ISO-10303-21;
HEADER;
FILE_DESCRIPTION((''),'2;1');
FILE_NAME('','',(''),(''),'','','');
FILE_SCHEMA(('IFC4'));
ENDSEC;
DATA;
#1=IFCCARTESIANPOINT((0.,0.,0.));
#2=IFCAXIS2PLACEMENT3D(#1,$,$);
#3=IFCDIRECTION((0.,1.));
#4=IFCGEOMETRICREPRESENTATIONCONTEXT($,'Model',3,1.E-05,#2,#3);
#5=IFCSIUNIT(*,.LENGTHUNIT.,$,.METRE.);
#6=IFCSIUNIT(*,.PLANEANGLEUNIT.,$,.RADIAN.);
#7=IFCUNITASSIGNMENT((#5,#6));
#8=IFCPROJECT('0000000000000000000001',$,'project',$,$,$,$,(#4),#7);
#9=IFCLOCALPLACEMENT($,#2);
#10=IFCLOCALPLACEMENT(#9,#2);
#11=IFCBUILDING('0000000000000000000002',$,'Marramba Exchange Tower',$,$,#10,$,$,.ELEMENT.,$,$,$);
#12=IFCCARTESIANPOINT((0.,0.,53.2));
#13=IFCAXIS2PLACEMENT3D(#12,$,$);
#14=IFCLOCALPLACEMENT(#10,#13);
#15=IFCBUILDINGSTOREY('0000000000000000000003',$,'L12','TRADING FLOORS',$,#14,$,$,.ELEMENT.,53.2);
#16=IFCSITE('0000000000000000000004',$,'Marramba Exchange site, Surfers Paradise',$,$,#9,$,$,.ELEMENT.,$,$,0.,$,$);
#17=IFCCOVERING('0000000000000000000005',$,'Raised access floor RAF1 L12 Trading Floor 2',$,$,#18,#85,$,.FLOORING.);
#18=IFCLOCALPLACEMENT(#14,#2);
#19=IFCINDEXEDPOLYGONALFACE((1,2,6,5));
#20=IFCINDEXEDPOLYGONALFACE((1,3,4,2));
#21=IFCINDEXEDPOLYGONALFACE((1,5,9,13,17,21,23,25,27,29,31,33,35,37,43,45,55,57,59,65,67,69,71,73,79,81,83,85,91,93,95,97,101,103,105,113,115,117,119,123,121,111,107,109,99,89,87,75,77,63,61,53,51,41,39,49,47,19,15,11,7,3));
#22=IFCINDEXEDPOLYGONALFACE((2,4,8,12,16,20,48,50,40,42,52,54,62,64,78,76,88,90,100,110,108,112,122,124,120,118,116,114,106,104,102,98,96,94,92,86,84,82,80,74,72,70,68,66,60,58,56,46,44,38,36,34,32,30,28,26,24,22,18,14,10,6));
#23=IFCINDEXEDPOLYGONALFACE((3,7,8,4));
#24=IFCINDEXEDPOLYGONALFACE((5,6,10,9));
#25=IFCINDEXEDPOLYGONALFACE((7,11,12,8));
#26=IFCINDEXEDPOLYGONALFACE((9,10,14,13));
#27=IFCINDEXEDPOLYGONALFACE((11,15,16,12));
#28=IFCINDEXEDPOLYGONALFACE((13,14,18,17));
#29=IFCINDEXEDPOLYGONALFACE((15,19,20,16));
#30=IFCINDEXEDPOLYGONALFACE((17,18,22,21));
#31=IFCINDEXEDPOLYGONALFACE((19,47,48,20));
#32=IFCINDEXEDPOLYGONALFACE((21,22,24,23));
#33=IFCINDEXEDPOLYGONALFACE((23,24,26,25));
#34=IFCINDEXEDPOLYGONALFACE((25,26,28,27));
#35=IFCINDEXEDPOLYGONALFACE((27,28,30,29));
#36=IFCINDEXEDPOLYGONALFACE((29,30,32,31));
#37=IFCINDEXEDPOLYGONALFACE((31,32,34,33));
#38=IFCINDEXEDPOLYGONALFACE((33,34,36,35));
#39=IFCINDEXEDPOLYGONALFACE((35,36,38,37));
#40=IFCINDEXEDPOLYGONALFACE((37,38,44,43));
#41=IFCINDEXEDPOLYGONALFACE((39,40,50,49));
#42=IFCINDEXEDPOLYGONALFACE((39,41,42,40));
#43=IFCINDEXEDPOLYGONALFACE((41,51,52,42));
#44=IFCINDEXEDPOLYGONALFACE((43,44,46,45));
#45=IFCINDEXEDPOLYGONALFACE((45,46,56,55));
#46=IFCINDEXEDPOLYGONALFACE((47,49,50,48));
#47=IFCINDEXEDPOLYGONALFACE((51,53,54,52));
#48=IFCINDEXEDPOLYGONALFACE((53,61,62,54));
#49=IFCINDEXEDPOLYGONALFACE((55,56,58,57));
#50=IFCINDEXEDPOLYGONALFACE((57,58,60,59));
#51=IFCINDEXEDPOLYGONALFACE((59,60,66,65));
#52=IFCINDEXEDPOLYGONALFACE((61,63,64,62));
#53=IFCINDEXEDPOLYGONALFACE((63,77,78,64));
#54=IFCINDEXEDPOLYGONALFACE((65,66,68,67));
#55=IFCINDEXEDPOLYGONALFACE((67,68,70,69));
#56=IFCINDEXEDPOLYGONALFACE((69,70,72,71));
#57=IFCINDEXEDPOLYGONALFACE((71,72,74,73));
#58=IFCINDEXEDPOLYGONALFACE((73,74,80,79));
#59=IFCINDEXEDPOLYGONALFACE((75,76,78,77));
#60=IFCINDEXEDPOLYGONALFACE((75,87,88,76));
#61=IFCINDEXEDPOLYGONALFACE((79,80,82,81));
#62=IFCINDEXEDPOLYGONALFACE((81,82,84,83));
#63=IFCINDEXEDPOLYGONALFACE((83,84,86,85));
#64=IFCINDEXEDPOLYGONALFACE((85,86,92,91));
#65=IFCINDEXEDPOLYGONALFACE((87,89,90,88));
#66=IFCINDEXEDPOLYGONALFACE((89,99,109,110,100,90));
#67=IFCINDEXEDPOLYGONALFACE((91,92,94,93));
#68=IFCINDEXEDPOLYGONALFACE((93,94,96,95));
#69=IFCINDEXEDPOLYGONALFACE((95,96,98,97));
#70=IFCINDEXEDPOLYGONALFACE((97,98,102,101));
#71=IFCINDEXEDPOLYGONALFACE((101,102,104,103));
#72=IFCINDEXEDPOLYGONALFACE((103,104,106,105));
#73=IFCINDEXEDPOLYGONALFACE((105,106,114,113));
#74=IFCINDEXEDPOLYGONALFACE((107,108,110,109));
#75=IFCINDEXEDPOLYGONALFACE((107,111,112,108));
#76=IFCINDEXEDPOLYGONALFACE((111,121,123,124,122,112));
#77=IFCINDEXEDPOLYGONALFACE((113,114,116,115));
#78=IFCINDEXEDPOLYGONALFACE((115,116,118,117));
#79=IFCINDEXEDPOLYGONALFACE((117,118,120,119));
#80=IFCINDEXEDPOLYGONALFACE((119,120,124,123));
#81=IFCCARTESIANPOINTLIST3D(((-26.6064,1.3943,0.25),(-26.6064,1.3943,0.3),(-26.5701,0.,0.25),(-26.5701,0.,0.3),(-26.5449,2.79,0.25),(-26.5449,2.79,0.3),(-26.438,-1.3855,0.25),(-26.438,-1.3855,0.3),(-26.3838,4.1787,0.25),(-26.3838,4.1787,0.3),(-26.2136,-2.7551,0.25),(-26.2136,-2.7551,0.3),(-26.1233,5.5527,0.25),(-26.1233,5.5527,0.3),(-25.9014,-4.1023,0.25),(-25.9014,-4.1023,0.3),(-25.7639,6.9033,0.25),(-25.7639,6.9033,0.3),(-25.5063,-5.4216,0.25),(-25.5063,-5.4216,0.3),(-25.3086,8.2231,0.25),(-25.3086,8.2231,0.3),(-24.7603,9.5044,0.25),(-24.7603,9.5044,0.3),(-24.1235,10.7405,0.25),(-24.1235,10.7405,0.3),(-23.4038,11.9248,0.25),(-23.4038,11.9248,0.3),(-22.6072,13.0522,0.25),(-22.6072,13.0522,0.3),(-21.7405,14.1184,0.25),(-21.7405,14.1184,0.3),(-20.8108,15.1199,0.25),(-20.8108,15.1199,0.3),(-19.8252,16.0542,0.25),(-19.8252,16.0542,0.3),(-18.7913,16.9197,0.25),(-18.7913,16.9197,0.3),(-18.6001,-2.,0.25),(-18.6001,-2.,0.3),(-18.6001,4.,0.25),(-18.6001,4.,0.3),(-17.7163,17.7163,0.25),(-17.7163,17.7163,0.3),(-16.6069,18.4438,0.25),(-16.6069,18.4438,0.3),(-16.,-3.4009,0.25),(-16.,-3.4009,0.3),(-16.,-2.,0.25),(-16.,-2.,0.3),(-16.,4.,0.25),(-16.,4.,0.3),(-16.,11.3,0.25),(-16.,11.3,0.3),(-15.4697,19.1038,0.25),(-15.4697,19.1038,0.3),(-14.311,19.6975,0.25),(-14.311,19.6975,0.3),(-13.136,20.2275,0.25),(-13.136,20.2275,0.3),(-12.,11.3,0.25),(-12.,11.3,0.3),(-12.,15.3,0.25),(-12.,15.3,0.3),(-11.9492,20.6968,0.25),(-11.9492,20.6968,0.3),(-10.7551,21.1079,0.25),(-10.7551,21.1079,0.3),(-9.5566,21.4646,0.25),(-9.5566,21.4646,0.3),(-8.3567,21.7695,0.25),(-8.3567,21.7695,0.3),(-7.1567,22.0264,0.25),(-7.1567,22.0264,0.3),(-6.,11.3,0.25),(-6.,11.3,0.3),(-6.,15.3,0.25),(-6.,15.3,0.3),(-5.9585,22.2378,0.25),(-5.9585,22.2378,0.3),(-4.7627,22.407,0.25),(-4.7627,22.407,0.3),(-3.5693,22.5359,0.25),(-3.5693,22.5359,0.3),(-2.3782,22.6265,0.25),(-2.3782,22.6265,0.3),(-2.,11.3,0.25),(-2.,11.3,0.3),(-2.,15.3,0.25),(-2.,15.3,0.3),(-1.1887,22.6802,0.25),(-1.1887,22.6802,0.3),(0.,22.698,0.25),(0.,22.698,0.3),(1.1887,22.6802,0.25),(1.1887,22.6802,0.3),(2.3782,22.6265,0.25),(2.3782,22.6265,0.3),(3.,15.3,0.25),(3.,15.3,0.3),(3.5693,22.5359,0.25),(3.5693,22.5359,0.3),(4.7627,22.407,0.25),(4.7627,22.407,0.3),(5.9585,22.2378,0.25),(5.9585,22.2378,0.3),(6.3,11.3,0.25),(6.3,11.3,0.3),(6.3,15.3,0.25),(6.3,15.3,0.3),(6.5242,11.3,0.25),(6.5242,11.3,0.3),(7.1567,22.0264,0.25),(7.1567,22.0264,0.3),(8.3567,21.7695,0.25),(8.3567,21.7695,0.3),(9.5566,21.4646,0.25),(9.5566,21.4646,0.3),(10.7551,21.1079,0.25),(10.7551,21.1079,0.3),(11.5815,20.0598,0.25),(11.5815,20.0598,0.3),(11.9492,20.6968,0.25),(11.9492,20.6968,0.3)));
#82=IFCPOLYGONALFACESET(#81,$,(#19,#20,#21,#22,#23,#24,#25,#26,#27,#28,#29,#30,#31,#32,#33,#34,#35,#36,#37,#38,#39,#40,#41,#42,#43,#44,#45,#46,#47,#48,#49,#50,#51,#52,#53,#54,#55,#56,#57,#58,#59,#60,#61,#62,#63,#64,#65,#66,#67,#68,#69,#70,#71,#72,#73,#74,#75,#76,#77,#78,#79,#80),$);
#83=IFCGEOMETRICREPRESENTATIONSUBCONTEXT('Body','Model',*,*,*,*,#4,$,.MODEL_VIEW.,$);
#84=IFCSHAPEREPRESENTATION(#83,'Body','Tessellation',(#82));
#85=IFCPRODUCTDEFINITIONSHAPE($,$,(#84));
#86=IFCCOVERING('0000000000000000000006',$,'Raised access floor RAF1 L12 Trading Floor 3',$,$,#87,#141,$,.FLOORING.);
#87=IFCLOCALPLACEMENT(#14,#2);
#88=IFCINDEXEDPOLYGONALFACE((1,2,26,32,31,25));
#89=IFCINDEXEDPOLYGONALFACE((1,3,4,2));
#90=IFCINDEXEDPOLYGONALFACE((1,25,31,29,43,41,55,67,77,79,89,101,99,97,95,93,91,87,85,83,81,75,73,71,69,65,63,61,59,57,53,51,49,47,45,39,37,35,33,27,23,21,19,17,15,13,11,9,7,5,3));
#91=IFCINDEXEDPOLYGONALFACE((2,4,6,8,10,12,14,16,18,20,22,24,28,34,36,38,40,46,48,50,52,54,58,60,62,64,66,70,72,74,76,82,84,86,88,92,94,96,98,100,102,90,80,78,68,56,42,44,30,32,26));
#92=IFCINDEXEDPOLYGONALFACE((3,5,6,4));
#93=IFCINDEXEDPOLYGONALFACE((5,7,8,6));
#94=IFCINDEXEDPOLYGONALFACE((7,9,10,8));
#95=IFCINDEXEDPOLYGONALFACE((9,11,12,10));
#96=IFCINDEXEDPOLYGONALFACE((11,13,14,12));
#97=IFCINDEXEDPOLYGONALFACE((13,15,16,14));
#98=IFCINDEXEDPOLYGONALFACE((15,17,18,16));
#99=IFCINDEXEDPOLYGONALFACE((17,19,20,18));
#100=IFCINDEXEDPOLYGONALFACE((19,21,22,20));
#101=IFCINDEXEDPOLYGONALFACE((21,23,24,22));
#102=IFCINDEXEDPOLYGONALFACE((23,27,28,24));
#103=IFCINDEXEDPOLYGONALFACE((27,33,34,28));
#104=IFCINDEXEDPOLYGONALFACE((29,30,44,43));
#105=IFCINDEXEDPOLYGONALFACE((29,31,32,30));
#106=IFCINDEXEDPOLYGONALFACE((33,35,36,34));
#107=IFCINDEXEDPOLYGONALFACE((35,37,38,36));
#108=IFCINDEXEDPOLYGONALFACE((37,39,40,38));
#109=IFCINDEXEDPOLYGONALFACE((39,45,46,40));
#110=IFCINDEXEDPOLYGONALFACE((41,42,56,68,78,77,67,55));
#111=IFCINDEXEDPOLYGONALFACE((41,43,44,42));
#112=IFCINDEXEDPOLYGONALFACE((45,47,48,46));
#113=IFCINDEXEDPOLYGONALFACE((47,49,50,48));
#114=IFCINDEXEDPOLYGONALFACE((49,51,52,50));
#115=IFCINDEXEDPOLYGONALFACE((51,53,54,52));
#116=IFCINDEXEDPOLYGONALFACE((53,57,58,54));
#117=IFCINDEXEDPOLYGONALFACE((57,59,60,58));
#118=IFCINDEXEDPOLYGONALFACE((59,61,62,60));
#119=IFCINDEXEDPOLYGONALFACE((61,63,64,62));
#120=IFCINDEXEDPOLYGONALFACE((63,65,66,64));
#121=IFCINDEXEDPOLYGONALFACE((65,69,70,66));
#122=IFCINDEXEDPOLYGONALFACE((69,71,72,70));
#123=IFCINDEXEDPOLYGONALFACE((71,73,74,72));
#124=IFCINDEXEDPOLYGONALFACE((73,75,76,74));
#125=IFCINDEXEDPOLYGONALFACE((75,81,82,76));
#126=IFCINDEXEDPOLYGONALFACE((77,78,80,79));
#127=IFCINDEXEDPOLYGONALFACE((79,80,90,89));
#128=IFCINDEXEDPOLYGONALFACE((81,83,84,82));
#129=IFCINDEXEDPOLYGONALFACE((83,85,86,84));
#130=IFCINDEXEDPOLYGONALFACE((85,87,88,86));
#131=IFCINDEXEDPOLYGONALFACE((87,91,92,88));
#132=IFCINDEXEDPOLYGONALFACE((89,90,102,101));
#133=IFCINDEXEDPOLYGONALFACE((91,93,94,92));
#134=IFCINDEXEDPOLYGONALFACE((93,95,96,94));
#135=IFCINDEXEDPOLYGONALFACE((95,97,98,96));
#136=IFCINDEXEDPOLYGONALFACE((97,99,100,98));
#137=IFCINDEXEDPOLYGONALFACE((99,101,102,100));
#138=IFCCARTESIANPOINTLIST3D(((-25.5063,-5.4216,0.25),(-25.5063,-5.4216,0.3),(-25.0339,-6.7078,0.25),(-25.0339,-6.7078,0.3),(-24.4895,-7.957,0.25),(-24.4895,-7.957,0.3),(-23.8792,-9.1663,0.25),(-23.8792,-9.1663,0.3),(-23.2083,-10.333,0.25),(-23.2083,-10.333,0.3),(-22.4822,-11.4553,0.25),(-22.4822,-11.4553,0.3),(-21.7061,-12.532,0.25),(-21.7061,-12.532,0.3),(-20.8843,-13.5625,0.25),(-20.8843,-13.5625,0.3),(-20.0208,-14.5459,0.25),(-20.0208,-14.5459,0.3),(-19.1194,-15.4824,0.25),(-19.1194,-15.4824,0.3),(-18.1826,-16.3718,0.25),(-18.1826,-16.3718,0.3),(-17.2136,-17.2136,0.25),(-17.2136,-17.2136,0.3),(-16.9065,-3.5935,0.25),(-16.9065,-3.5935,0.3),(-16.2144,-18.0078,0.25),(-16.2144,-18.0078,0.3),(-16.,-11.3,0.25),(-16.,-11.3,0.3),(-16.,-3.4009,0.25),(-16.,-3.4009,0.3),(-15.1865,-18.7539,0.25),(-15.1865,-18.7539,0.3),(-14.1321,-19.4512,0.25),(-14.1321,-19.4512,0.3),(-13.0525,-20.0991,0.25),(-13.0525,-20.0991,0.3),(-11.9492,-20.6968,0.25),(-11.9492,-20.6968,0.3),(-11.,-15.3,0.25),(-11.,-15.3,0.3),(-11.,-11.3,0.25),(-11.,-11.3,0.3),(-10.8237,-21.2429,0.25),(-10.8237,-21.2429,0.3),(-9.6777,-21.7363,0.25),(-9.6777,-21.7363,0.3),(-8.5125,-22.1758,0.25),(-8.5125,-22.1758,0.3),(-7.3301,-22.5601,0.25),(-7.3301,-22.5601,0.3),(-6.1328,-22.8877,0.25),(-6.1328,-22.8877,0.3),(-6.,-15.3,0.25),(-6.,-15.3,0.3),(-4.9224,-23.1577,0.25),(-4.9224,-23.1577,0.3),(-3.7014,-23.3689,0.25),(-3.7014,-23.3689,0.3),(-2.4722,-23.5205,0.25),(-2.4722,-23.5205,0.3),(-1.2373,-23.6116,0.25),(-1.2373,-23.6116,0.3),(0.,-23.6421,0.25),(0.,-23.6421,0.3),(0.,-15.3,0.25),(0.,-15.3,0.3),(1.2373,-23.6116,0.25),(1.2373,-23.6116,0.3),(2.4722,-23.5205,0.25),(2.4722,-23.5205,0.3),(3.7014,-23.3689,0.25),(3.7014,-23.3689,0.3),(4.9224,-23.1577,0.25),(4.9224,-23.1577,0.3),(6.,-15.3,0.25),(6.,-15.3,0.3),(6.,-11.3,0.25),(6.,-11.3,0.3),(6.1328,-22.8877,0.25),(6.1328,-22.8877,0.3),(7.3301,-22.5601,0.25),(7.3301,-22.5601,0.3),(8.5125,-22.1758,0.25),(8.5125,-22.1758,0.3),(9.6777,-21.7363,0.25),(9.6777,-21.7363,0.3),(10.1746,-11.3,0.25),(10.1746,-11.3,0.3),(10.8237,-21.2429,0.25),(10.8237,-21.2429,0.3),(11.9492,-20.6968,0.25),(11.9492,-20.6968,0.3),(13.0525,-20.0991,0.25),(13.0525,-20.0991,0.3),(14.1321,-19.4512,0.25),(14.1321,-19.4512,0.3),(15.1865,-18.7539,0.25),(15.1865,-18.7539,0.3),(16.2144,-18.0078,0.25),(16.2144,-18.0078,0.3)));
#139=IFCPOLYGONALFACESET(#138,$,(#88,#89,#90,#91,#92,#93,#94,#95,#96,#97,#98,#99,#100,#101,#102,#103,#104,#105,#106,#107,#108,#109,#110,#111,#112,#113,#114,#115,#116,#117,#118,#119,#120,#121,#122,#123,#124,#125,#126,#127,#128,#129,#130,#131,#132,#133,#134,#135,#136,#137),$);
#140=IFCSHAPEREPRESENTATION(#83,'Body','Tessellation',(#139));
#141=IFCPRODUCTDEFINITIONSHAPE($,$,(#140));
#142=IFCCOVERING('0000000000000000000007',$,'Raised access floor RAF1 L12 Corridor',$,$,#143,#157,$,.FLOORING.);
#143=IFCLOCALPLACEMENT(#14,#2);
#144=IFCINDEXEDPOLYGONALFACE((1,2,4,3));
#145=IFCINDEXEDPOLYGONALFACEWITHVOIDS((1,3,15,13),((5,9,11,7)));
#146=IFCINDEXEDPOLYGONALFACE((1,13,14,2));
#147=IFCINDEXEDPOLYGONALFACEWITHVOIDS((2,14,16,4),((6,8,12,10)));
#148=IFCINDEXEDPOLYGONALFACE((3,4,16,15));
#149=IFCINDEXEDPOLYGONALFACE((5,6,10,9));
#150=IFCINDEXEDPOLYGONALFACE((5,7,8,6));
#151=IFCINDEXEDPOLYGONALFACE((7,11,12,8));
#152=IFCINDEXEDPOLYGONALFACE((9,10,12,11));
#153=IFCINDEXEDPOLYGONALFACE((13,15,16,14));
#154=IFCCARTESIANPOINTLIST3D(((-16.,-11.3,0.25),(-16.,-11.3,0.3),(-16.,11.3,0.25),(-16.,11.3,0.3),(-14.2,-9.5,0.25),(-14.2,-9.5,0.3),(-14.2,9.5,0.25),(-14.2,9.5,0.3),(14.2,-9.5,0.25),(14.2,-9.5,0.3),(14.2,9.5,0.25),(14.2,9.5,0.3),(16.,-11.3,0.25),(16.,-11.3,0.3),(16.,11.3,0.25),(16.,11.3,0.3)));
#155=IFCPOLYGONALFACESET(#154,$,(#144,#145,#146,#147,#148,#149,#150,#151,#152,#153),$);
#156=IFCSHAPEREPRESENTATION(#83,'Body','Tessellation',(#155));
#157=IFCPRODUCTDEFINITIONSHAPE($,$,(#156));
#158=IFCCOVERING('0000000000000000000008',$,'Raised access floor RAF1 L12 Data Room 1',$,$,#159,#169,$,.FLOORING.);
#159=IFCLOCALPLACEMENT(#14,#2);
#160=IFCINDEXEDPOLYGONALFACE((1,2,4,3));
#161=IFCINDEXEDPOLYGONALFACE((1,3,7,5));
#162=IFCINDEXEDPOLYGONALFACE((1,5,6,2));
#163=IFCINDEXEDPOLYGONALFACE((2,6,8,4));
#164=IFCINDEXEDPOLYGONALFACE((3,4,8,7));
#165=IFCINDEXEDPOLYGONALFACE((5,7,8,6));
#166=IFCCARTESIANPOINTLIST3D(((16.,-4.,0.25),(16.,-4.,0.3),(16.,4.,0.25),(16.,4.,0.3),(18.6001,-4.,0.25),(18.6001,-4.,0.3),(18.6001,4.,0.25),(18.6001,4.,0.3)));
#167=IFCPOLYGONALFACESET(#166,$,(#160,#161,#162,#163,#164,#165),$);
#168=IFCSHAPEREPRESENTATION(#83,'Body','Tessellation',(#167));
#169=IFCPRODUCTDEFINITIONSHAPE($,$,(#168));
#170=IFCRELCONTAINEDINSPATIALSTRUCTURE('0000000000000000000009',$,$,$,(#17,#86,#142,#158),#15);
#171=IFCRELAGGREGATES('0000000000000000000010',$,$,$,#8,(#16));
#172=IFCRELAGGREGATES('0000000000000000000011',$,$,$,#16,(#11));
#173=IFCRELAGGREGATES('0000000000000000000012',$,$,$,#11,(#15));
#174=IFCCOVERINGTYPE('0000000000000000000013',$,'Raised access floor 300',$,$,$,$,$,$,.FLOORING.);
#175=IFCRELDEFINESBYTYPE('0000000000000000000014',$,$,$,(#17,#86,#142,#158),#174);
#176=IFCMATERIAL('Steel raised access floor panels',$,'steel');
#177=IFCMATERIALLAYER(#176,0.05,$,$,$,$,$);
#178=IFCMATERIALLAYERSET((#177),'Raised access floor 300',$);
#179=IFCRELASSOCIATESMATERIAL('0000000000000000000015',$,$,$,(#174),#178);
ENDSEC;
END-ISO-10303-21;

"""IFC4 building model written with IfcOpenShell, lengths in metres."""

from ifc_helpers import new_model, si_unit, direction, frame, origin, place, context, subcontext, project, spatial, polyline, outline, extrude, material, layer, layer_set, type_object, element, save


model = new_model("IFC4")

# Units and contexts
model_context = context("Model", 3, precision=1e-05, world=origin(), true_north=direction((0.0, 1.0)))
body_context = subcontext(model_context, "Body", "Model", "MODEL_VIEW")
ifc_project = project(units=[si_unit("LENGTHUNIT", "METRE"), si_unit("PLANEANGLEUNIT", "RADIAN")], contexts=[model_context])

# Site, building, storey
site_placement = place(None, origin())
site = spatial("IfcSite", under=ifc_project, at=site_placement, Name="Marramba Exchange site, Surfers Paradise", CompositionType="ELEMENT", RefElevation=0.0)
building_placement = place(site_placement, origin())
building = spatial("IfcBuilding", under=site, at=building_placement, Name="Marramba Exchange Tower", CompositionType="ELEMENT")
storey_placement = place(building_placement, frame((0.0, 0.0, 53.2)))
storey = spatial("IfcBuildingStorey", under=building, at=storey_placement, Name="L12", Description="TRADING FLOORS", CompositionType="ELEMENT", Elevation=53.2)

# Coverings
ifc_material_1 = material(Name="Steel raised access floor panels", Category="steel")
ifc_layer_1 = layer(ifc_material_1, 0.05)
ifc_layer_set_1 = layer_set([ifc_layer_1], Name="Raised access floor 300")
covering_type_1 = type_object("IfcCoveringType", Name="Raised access floor 300", PredefinedType="FLOORING", material=ifc_layer_set_1)
covering_1_placement = place(storey_placement, frame((0.0, 0.0, 0.25)))
element("IfcCovering", 1, at=covering_1_placement, inside=storey, type_object=covering_type_1, Name="Raised access floor RAF1 L12 Trading Floor 2", PredefinedType="FLOORING", context=body_context, shape_type="SweptSolid", body=[
    extrude(outline(polyline([(-16.0, 4.0), (-18.6001, 4.0), (-18.6001, -2.0), (-16.0, -2.0), (-16.0, -3.4009), (-25.5063, -5.4216), (-25.9014, -4.1023), (-26.2136, -2.7551), (-26.438, -1.3855), (-26.5701, 0.0), (-26.6064, 1.3943), (-26.5449, 2.79), (-26.3838, 4.1787), (-26.1233, 5.5527), (-25.7639, 6.9033), (-25.3086, 8.2231), (-24.7603, 9.5044), (-24.1235, 10.7405), (-23.4038, 11.9248), (-22.6072, 13.0522), (-21.7405, 14.1184), (-20.8108, 15.1199), (-19.8252, 16.0542), (-18.7913, 16.9197), (-17.7163, 17.7163), (-16.6069, 18.4438), (-15.4697, 19.1038), (-14.311, 19.6975), (-13.136, 20.2275), (-11.9492, 20.6968), (-10.7551, 21.1079), (-9.5566, 21.4646), (-8.3567, 21.7695), (-7.1567, 22.0264), (-5.9585, 22.2378), (-4.7627, 22.407), (-3.5693, 22.5359), (-2.3782, 22.6265), (-1.1887, 22.6802), (0.0, 22.698), (1.1887, 22.6802), (2.3782, 22.6265), (3.5693, 22.5359), (4.7627, 22.407), (5.9585, 22.2378), (7.1567, 22.0264), (8.3567, 21.7695), (9.5566, 21.4646), (10.7551, 21.1079), (11.9492, 20.6968), (11.5815, 20.0598), (6.5242, 11.3), (6.3, 11.3), (6.3, 15.3), (3.0, 15.3), (-2.0, 15.3), (-2.0, 11.3), (-6.0, 11.3), (-6.0, 15.3), (-12.0, 15.3), (-12.0, 11.3), (-16.0, 11.3), (-16.0, 4.0)])), origin(), (0.0, 0.0, 1.0), 0.05),
])
covering_2_placement = place(storey_placement, frame((0.0, 0.0, 0.25)))
element("IfcCovering", 2, at=covering_2_placement, inside=storey, type_object=covering_type_1, Name="Raised access floor RAF1 L12 Trading Floor 3", PredefinedType="FLOORING", context=body_context, shape_type="SweptSolid", body=[
    extrude(outline(polyline([(-11.0, -11.3), (-11.0, -15.3), (-6.0, -15.3), (0.0, -15.3), (6.0, -15.3), (6.0, -11.3), (10.1746, -11.3), (16.2144, -18.0078), (15.1865, -18.7539), (14.1321, -19.4512), (13.0525, -20.0991), (11.9492, -20.6968), (10.8237, -21.2429), (9.6777, -21.7363), (8.5125, -22.1758), (7.3301, -22.5601), (6.1328, -22.8877), (4.9224, -23.1577), (3.7014, -23.3689), (2.4722, -23.5205), (1.2373, -23.6116), (0.0, -23.6421), (-1.2373, -23.6116), (-2.4722, -23.5205), (-3.7014, -23.3689), (-4.9224, -23.1577), (-6.1328, -22.8877), (-7.3301, -22.5601), (-8.5125, -22.1758), (-9.6777, -21.7363), (-10.8237, -21.2429), (-11.9492, -20.6968), (-13.0525, -20.0991), (-14.1321, -19.4512), (-15.1865, -18.7539), (-16.2144, -18.0078), (-17.2136, -17.2136), (-18.1826, -16.3718), (-19.1194, -15.4824), (-20.0208, -14.5459), (-20.8843, -13.5625), (-21.7061, -12.532), (-22.4822, -11.4553), (-23.2083, -10.333), (-23.8792, -9.1663), (-24.4895, -7.957), (-25.0339, -6.7078), (-25.5063, -5.4216), (-16.9065, -3.5935), (-16.0, -3.4009), (-16.0, -11.3), (-11.0, -11.3)])), origin(), (0.0, 0.0, 1.0), 0.05),
])
covering_3_placement = place(storey_placement, frame((0.0, 0.0, 0.25)))
element("IfcCovering", 3, at=covering_3_placement, inside=storey, type_object=covering_type_1, Name="Raised access floor RAF1 L12 Corridor", PredefinedType="FLOORING", context=body_context, shape_type="SweptSolid", body=[
    extrude(outline(polyline([(-16.0, 11.3), (16.0, 11.3), (16.0, -11.3), (-16.0, -11.3), (-16.0, 11.3)]), holes=[polyline([(-14.2, 9.5), (-14.2, -9.5), (14.2, -9.5), (14.2, 9.5), (-14.2, 9.5)])]), origin(), (0.0, 0.0, 1.0), 0.05),
])
covering_4_placement = place(storey_placement, frame((0.0, 0.0, 0.25)))
element("IfcCovering", 4, at=covering_4_placement, inside=storey, type_object=covering_type_1, Name="Raised access floor RAF1 L12 Data Room 1", PredefinedType="FLOORING", context=body_context, shape_type="SweptSolid", body=[
    extrude(outline(polyline([(18.6001, -4.0), (16.0, -4.0), (16.0, 4.0), (18.6001, 4.0), (18.6001, -4.0)])), origin(), (0.0, 0.0, 1.0), 0.05),
])

save(model, "model.ifc")
